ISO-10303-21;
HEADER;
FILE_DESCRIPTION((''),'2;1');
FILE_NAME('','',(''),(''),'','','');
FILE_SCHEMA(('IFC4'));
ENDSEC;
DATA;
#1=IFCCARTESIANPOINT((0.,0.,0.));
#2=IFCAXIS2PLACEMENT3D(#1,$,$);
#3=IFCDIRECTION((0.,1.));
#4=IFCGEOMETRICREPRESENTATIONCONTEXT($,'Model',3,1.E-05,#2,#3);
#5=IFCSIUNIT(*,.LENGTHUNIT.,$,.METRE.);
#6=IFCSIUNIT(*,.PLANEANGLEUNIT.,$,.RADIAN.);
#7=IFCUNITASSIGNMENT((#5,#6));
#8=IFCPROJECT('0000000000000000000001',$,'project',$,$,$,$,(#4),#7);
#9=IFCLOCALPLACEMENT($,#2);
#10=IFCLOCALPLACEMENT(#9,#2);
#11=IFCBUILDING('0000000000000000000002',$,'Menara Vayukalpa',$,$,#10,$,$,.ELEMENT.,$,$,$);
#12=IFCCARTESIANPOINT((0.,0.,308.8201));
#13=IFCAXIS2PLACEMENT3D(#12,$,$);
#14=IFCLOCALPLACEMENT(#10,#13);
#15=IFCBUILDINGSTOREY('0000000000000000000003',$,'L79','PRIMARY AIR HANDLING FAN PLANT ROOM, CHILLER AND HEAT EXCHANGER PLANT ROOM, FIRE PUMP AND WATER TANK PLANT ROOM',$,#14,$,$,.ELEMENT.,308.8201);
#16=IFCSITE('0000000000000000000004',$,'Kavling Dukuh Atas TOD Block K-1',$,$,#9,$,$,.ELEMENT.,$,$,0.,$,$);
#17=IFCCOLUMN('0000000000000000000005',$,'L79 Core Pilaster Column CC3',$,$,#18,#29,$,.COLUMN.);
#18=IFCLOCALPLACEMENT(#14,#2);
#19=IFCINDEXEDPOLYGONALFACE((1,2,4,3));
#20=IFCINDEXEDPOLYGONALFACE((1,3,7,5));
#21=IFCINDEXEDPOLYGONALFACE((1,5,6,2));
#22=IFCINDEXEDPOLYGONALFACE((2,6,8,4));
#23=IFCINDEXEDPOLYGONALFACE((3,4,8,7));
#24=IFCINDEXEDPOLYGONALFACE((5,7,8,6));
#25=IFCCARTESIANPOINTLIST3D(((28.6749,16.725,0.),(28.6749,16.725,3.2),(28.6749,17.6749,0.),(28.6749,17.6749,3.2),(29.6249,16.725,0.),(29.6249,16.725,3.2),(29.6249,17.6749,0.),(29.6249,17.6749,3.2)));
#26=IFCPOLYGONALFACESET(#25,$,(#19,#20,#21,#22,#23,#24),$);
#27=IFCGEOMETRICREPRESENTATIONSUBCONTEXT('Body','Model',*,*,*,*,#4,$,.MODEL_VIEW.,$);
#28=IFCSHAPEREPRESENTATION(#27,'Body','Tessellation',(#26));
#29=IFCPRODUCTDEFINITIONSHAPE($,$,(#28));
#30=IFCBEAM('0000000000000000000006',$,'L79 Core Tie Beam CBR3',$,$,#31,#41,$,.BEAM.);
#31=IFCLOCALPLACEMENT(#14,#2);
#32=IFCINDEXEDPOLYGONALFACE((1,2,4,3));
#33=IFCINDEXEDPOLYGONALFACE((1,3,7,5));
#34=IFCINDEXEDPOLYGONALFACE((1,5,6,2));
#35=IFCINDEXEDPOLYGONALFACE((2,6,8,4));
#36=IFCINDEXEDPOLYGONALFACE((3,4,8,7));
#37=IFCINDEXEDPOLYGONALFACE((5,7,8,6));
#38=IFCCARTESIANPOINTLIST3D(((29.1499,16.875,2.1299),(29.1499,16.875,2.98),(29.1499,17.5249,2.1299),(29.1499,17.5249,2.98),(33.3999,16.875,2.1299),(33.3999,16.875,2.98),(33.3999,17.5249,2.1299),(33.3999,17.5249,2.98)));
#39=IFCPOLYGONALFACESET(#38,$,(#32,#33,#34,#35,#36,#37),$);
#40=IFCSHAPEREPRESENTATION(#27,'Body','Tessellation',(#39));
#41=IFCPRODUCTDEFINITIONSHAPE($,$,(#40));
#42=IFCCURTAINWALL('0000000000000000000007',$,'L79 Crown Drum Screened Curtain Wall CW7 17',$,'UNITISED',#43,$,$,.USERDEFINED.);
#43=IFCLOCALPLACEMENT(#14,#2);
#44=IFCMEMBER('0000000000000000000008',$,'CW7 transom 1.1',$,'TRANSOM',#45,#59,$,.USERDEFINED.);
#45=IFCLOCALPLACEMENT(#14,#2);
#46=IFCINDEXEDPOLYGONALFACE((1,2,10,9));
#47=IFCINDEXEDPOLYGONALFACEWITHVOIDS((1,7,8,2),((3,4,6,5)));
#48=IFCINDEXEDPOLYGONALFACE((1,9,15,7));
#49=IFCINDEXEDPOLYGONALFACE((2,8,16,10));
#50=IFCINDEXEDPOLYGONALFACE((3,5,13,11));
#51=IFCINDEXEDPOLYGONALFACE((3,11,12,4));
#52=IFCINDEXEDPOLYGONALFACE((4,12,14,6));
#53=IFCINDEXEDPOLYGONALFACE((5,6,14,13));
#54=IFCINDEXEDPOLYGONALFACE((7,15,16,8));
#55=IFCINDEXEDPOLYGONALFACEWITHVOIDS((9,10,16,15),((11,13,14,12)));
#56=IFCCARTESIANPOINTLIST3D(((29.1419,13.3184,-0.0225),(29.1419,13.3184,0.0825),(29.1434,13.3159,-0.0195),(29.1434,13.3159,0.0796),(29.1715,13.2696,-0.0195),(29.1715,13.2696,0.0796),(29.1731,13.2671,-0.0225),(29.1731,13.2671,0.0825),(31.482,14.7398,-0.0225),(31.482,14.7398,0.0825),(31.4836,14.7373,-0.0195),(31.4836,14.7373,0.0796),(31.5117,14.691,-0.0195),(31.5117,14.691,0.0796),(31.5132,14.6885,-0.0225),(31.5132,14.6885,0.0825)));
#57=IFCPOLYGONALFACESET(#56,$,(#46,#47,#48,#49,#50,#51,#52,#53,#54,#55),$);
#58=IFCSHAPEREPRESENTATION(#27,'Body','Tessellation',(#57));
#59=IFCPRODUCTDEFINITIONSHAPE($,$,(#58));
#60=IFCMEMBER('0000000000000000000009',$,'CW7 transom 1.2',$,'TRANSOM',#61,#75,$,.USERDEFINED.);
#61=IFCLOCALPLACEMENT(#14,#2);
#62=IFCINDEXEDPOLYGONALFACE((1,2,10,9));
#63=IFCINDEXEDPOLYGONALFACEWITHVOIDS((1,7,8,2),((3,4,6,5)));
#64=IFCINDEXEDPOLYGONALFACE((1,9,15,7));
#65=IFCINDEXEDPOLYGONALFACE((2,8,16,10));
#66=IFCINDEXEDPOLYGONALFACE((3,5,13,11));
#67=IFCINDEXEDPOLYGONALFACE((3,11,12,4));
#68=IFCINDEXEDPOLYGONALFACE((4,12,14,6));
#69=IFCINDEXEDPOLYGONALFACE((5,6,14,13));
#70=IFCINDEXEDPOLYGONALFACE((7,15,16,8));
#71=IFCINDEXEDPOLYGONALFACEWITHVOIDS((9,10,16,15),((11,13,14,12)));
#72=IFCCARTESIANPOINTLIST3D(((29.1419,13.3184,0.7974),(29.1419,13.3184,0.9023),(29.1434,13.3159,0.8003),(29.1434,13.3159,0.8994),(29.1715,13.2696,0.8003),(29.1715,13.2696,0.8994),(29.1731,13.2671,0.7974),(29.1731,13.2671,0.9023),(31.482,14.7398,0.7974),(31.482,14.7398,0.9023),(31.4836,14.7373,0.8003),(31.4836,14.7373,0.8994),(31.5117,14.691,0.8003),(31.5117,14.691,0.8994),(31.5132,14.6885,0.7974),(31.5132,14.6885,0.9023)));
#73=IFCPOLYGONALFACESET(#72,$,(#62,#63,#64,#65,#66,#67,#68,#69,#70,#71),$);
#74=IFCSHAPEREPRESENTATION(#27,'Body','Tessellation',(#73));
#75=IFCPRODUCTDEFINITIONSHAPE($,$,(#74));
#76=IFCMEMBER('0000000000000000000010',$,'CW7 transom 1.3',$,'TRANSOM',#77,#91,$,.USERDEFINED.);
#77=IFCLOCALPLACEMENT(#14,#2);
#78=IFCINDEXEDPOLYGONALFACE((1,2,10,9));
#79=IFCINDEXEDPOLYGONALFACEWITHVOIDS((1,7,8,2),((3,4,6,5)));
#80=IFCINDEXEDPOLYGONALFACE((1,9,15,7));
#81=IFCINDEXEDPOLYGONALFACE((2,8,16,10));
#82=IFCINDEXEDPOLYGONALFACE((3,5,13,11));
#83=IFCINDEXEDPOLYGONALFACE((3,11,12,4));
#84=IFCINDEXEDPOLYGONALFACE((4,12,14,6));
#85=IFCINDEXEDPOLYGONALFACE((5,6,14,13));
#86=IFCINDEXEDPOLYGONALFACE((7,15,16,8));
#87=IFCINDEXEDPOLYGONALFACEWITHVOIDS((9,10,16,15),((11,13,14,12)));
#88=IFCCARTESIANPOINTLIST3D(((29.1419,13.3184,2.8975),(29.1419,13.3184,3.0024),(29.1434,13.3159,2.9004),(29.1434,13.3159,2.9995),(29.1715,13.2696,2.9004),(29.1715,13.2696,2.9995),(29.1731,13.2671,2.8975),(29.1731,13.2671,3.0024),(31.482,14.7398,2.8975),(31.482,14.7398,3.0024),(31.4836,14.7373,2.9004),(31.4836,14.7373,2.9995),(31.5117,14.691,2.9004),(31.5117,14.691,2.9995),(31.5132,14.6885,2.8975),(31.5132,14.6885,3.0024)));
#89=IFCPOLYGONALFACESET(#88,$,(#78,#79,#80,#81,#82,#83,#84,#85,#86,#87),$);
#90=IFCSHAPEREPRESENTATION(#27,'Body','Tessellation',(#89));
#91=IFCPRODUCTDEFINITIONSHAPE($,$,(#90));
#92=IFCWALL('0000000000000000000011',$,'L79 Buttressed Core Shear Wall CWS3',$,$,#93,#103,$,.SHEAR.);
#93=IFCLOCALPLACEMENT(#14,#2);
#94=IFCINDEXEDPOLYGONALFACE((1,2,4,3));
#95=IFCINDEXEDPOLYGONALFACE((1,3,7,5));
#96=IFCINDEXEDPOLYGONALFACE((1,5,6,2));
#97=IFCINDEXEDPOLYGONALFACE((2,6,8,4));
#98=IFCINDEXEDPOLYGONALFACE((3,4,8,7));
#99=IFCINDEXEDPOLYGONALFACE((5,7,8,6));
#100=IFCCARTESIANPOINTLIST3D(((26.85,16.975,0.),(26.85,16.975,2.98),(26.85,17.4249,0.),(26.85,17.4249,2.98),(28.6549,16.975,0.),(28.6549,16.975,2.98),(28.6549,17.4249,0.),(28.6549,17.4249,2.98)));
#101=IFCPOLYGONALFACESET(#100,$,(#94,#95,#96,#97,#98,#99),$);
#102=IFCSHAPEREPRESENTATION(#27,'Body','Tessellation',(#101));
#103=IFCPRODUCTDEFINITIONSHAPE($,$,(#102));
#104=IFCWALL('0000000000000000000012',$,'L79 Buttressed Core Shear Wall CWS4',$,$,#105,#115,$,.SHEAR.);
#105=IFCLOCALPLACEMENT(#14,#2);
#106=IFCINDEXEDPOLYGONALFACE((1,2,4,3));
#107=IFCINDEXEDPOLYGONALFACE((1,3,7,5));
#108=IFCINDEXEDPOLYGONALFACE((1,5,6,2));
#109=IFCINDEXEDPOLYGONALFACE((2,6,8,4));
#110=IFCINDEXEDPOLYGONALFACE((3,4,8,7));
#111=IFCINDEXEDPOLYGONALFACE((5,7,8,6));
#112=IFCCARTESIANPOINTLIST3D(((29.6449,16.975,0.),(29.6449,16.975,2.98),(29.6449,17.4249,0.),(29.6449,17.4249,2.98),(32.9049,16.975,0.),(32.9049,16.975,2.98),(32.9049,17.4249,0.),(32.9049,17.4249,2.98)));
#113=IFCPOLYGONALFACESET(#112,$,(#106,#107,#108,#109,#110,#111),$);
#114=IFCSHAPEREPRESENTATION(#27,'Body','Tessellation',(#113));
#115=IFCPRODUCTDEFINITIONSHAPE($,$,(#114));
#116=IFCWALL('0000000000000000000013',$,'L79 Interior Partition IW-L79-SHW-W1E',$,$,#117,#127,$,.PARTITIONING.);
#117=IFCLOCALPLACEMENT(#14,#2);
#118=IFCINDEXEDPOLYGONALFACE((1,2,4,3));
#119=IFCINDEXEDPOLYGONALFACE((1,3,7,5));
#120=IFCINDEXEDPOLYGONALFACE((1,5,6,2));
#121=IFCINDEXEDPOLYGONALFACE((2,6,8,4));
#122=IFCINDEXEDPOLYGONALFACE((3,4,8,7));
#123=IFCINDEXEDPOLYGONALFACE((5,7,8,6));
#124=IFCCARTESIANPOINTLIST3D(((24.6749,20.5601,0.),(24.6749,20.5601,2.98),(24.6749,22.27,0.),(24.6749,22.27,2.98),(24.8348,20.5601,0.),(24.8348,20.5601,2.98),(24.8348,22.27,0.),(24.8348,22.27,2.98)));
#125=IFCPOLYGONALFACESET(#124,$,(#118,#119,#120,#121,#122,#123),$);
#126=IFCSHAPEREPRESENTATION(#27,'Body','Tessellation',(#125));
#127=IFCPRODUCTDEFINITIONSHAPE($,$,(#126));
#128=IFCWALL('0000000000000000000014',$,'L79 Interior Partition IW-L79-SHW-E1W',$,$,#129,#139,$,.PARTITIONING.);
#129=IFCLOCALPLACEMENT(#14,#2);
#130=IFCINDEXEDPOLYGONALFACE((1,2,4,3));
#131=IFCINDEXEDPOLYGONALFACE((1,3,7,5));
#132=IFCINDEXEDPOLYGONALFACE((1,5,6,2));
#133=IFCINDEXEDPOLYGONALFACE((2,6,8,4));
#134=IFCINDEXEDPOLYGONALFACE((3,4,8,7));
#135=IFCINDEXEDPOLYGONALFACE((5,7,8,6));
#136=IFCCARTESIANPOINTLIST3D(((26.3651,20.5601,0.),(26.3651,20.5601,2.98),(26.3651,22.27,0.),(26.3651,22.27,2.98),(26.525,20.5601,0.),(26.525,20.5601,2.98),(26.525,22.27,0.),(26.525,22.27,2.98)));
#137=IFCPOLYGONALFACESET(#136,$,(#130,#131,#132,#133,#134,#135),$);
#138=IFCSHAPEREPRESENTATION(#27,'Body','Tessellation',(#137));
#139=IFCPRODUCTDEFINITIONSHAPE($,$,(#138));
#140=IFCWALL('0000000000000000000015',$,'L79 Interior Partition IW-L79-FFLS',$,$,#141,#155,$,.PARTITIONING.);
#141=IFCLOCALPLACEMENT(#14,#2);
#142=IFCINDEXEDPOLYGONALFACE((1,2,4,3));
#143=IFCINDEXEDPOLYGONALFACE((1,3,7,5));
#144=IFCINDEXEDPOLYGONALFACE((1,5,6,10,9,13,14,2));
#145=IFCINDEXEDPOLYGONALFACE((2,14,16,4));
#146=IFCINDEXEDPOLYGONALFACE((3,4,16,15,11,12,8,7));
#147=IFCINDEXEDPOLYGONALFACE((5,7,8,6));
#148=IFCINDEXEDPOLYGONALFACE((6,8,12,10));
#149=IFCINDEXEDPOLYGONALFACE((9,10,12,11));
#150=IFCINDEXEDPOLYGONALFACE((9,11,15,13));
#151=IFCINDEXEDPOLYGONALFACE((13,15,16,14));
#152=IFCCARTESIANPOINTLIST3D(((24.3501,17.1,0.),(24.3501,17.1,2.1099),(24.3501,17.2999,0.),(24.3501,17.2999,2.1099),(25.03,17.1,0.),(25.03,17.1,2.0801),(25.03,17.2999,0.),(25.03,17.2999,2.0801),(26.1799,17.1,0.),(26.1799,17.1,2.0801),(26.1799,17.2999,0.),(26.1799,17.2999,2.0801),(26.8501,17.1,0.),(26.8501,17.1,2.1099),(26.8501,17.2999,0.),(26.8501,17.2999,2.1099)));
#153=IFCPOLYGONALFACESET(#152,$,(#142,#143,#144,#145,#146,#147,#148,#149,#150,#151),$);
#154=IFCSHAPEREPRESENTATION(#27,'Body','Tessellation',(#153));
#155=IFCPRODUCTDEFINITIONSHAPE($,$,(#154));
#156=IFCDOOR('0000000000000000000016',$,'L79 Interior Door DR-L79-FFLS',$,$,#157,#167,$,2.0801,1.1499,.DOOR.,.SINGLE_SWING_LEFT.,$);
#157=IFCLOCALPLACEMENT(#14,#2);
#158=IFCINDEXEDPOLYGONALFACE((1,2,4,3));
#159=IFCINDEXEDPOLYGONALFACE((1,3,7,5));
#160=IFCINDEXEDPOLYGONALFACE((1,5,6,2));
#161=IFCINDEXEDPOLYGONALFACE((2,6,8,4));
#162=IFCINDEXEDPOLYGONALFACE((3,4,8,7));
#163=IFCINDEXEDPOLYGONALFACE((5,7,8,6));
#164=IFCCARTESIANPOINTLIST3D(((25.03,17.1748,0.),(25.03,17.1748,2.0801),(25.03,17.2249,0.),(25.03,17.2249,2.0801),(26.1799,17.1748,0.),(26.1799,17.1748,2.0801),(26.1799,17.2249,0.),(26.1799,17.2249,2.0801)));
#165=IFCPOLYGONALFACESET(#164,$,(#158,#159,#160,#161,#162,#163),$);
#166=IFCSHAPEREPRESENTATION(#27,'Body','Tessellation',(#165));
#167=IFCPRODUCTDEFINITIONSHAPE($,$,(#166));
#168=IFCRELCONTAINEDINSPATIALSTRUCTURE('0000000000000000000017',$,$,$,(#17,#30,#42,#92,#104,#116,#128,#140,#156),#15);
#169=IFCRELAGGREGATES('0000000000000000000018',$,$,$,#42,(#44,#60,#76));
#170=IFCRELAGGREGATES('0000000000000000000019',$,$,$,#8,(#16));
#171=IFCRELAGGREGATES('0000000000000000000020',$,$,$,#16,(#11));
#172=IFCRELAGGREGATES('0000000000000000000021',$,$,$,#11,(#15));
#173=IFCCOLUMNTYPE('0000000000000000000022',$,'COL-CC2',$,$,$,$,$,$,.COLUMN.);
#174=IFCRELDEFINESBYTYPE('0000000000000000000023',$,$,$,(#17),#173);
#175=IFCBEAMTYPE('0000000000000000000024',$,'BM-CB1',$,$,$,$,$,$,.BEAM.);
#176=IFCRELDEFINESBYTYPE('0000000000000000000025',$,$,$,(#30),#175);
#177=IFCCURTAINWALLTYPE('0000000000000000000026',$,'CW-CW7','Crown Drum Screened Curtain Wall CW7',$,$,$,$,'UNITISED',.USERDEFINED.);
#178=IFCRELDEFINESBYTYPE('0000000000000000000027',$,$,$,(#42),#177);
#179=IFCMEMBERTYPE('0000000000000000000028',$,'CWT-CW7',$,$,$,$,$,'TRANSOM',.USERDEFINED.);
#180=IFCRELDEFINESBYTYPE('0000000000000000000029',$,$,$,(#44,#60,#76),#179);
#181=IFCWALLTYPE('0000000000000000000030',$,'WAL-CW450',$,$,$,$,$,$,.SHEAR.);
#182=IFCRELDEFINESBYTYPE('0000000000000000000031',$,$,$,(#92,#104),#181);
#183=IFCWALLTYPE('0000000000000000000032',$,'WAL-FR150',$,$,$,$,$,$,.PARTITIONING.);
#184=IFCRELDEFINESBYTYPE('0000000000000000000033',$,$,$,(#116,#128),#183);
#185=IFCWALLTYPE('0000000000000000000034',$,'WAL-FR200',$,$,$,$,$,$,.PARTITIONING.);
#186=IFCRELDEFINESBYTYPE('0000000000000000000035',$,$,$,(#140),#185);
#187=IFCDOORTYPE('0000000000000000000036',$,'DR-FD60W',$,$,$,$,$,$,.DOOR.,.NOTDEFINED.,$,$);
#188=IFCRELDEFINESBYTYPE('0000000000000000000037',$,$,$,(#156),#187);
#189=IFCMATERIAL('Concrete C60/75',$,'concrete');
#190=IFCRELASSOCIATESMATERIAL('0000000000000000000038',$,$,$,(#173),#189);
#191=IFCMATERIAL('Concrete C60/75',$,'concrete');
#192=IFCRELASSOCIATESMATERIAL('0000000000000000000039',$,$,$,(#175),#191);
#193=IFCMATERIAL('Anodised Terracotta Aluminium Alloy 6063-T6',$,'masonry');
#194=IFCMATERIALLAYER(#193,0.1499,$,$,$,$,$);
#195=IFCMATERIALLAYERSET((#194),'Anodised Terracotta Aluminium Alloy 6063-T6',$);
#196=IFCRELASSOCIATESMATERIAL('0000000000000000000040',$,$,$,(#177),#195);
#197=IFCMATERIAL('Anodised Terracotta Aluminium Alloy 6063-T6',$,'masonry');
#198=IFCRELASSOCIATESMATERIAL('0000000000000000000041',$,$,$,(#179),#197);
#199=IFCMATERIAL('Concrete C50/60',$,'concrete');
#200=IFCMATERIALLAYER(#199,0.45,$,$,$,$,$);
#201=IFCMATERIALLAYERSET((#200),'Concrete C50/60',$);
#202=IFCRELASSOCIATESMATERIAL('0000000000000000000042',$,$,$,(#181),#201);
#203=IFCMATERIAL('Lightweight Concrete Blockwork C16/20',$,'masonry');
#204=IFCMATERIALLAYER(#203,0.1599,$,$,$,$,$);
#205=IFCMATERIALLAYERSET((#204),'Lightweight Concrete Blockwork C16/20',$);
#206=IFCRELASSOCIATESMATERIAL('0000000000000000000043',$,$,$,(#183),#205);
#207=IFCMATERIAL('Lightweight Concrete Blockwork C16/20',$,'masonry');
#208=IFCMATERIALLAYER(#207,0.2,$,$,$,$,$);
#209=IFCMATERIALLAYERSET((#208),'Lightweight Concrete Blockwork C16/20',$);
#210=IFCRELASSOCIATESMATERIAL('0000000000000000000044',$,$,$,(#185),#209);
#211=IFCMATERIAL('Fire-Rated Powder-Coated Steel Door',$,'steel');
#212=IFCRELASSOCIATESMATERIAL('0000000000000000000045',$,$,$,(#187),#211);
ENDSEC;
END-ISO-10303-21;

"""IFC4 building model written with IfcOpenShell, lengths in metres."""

from ifc_helpers import new_model, si_unit, direction, frame, frame_2d, origin, origin_2d, place, context, subcontext, project, spatial, rectangle, hollow_rectangle, extrude, material, layer, layer_set, material_profile, profile_set, type_object, element, fill, aggregate, save


model = new_model("IFC4")

# Units and contexts
model_context = context("Model", 3, precision=1e-05, world=origin(), true_north=direction((0.0, 1.0)))
body_context = subcontext(model_context, "Body", "Model", "MODEL_VIEW")
ifc_project = project(units=[si_unit("LENGTHUNIT", "METRE"), si_unit("PLANEANGLEUNIT", "RADIAN")], contexts=[model_context])

# Site, building, storey
site_placement = place(None, origin())
site = spatial("IfcSite", under=ifc_project, at=site_placement, Name="Kavling Dukuh Atas TOD Block K-1", CompositionType="ELEMENT", RefElevation=0.0)
building_placement = place(site_placement, origin())
building = spatial("IfcBuilding", under=site, at=building_placement, Name="Menara Vayukalpa", CompositionType="ELEMENT")
storey_placement = place(building_placement, frame((0.0, 0.0, 308.8201)))
storey = spatial("IfcBuildingStorey", under=building, at=storey_placement, Name="L79", Description="PRIMARY AIR HANDLING FAN PLANT ROOM, CHILLER AND HEAT EXCHANGER PLANT ROOM, FIRE PUMP AND WATER TANK PLANT ROOM", CompositionType="ELEMENT", Elevation=308.8201)

# Column
ifc_material_1 = material(Name="Concrete C60/75", Category="concrete")
ifc_material_profile_1 = material_profile(ifc_material_1, rectangle(XDim=0.95, YDim=0.95, at=origin_2d()), Name="RC 950x950")
ifc_profile_set_1 = profile_set([ifc_material_profile_1], Name="Concrete C60/75")
column_type = type_object("IfcColumnType", Name="COL-CC2", PredefinedType="COLUMN", material=ifc_profile_set_1)
column_placement = place(storey_placement, frame((29.1499, 17.2, 0.0), z_axis=(0.0, 0.0, 1.0), x_axis=(1.0, 0.0, 0.0)))
element("IfcColumn", 1, at=column_placement, inside=storey, type_object=column_type, Name="L79 Core Pilaster Column CC3", PredefinedType="COLUMN", context=body_context, shape_type="SweptSolid", body=[
    extrude(rectangle(XDim=0.95, YDim=0.95, at=origin_2d()), origin(), (0.0, 0.0, 1.0), 3.2),
])

# Beam
ifc_material_2 = material(Name="Concrete C60/75", Category="concrete")
ifc_material_profile_2 = material_profile(ifc_material_2, rectangle(XDim=0.6499, YDim=0.8501, at=origin_2d()), Name="RC 650x850")
ifc_profile_set_2 = profile_set([ifc_material_profile_2], Name="Concrete C60/75")
beam_type = type_object("IfcBeamType", Name="BM-CB1", PredefinedType="BEAM", material=ifc_profile_set_2)
beam_placement = place(storey_placement, frame((29.1499, 17.2, 2.5549), z_axis=(1.0, 0.0, 0.0), x_axis=(0.0, 1.0, 0.0)))
element("IfcBeam", 2, at=beam_placement, inside=storey, type_object=beam_type, Name="L79 Core Tie Beam CBR3", PredefinedType="BEAM", context=body_context, shape_type="SweptSolid", body=[
    extrude(rectangle(XDim=0.6499, YDim=0.8501, at=origin_2d()), origin(), (0.0, 0.0, 1.0), 4.25),
])

# Curtain wall, members
ifc_material_3 = material(Name="Anodised Terracotta Aluminium Alloy 6063-T6", Category="masonry")
ifc_layer_1 = layer(ifc_material_3, 0.1499)
ifc_layer_set_1 = layer_set([ifc_layer_1], Name="Anodised Terracotta Aluminium Alloy 6063-T6")
curtain_wall_type = type_object("IfcCurtainWallType", Name="CW-CW7", Description="Crown Drum Screened Curtain Wall CW7", ElementType="UNITISED", PredefinedType="USERDEFINED", material=ifc_layer_set_1)
curtain_wall_placement = place(storey_placement, origin())
curtain_wall = element("IfcCurtainWall", 3, at=curtain_wall_placement, inside=storey, type_object=curtain_wall_type, Name="L79 Crown Drum Screened Curtain Wall CW7 17", ObjectType="UNITISED", PredefinedType="USERDEFINED")
ifc_material_4 = material(Name="Anodised Terracotta Aluminium Alloy 6063-T6", Category="masonry")
ifc_material_profile_3 = material_profile(ifc_material_4, hollow_rectangle(XDim=0.0601, YDim=0.105, WallThickness=0.0029, at=origin_2d()), Name="ALU 60x105x3")
ifc_profile_set_3 = profile_set([ifc_material_profile_3], Name="Anodised Terracotta Aluminium Alloy 6063-T6")
member_type = type_object("IfcMemberType", Name="CWT-CW7", ElementType="TRANSOM", PredefinedType="USERDEFINED", material=ifc_profile_set_3)
member_1_placement = place(storey_placement, frame((29.1575, 13.2927, 0.03), z_axis=(0.854687, 0.519143, 0.0), x_axis=(-0.519143, 0.854687, 0.0)))
member_1 = element("IfcMember", 4, at=member_1_placement, type_object=member_type, Name="CW7 transom 1.1", ObjectType="TRANSOM", PredefinedType="USERDEFINED", context=body_context, shape_type="SweptSolid", body=[
    extrude(hollow_rectangle(XDim=0.0601, YDim=0.105, WallThickness=0.0029, at=origin_2d()), origin(), (0.0, 0.0, 1.0), 2.738),
])
member_2_placement = place(storey_placement, frame((29.1575, 13.2927, 0.8499), z_axis=(0.854687, 0.519143, 0.0), x_axis=(-0.519143, 0.854687, 0.0)))
member_2 = element("IfcMember", 5, at=member_2_placement, type_object=member_type, Name="CW7 transom 1.2", ObjectType="TRANSOM", PredefinedType="USERDEFINED", context=body_context, shape_type="SweptSolid", body=[
    extrude(hollow_rectangle(XDim=0.0601, YDim=0.105, WallThickness=0.0029, at=origin_2d()), origin(), (0.0, 0.0, 1.0), 2.738),
])
member_3_placement = place(storey_placement, frame((29.1575, 13.2927, 2.95), z_axis=(0.854687, 0.519143, 0.0), x_axis=(-0.519143, 0.854687, 0.0)))
member_3 = element("IfcMember", 6, at=member_3_placement, type_object=member_type, Name="CW7 transom 1.3", ObjectType="TRANSOM", PredefinedType="USERDEFINED", context=body_context, shape_type="SweptSolid", body=[
    extrude(hollow_rectangle(XDim=0.0601, YDim=0.105, WallThickness=0.0029, at=origin_2d()), origin(), (0.0, 0.0, 1.0), 2.738),
])
aggregate(curtain_wall, [member_1, member_2, member_3])

# Walls
ifc_material_5 = material(Name="Concrete C50/60", Category="concrete")
ifc_layer_2 = layer(ifc_material_5, 0.45)
ifc_layer_set_2 = layer_set([ifc_layer_2], Name="Concrete C50/60")
wall_type_1 = type_object("IfcWallType", Name="WAL-CW450", PredefinedType="SHEAR", material=ifc_layer_set_2)
wall_1_placement = place(storey_placement, frame((26.8501, 17.2, 0.0), z_axis=(0.0, 0.0, 1.0), x_axis=(1.0, 0.0, 0.0)))
element("IfcWall", 7, at=wall_1_placement, inside=storey, type_object=wall_type_1, Name="L79 Buttressed Core Shear Wall CWS3", PredefinedType="SHEAR", context=body_context, shape_type="SweptSolid", body=[
    extrude(rectangle(XDim=1.8049, YDim=0.45, at=frame_2d((0.9023, 0.0))), origin(), (0.0, 0.0, 1.0), 2.98),
])
wall_2_placement = place(storey_placement, frame((29.645, 17.2, 0.0), z_axis=(0.0, 0.0, 1.0), x_axis=(1.0, 0.0, 0.0)))
element("IfcWall", 8, at=wall_2_placement, inside=storey, type_object=wall_type_1, Name="L79 Buttressed Core Shear Wall CWS4", PredefinedType="SHEAR", context=body_context, shape_type="SweptSolid", body=[
    extrude(rectangle(XDim=3.26, YDim=0.45, at=frame_2d((1.6299, 0.0))), origin(), (0.0, 0.0, 1.0), 2.98),
])
ifc_material_6 = material(Name="Lightweight Concrete Blockwork C16/20", Category="masonry")
ifc_layer_3 = layer(ifc_material_6, 0.1599)
ifc_layer_set_3 = layer_set([ifc_layer_3], Name="Lightweight Concrete Blockwork C16/20")
wall_type_2 = type_object("IfcWallType", Name="WAL-FR150", PredefinedType="PARTITIONING", material=ifc_layer_set_3)
for number, where, z_axis, x_axis, name in (
    (9, (24.7549, 20.5601, 0.0), (0.0, 0.0, 1.0), (0.0, 1.0, 0.0), "L79 Interior Partition IW-L79-SHW-W1E"),
    (10, (26.4451, 20.5601, 0.0), (0.0, 0.0, 1.0), (0.0, 1.0, 0.0), "L79 Interior Partition IW-L79-SHW-E1W"),
):
    element("IfcWall", number, at=place(storey_placement, frame(where, z_axis=z_axis, x_axis=x_axis)), inside=storey, type_object=wall_type_2, Name=name, PredefinedType="PARTITIONING", context=body_context, shape_type="SweptSolid", body=[
        extrude(rectangle(XDim=1.71, YDim=0.1599, at=frame_2d((0.855, 0.0))), origin(), (0.0, 0.0, 1.0), 2.98),
    ])

# Wall, opening, door
ifc_material_7 = material(Name="Lightweight Concrete Blockwork C16/20", Category="masonry")
ifc_layer_4 = layer(ifc_material_7, 0.2)
ifc_layer_set_4 = layer_set([ifc_layer_4], Name="Lightweight Concrete Blockwork C16/20")
wall_type_3 = type_object("IfcWallType", Name="WAL-FR200", PredefinedType="PARTITIONING", material=ifc_layer_set_4)
wall_3_placement = place(storey_placement, frame((24.3501, 17.2, 0.0), z_axis=(0.0, 0.0, 1.0), x_axis=(1.0, 0.0, 0.0)))
wall_3 = element("IfcWall", 11, at=wall_3_placement, inside=storey, type_object=wall_type_3, Name="L79 Interior Partition IW-L79-FFLS", PredefinedType="PARTITIONING", context=body_context, shape_type="SweptSolid", body=[
    extrude(rectangle(XDim=2.5, YDim=0.2, at=frame_2d((1.25, 0.0))), origin(), (0.0, 0.0, 1.0), 2.1099),
])
opening_1_placement = place(wall_3_placement, frame((0.6799, 0.0, 0.0)))
opening_1 = element("IfcOpeningElement", 12, at=opening_1_placement, cuts=wall_3, PredefinedType="OPENING", context=body_context, shape_type="SweptSolid", body=[
    extrude(rectangle(XDim=1.1499, YDim=2.0801, at=frame_2d((0.575, 1.04))), frame((0.0, 0.1099, 0.0), z_axis=(0.0, -1.0, 0.0), x_axis=(1.0, 0.0, 0.0)), (0.0, 0.0, 1.0), 0.22),
])
ifc_material_8 = material(Name="Fire-Rated Powder-Coated Steel Door", Category="steel")
door_type_1 = type_object("IfcDoorType", Name="DR-FD60W", OperationType="NOTDEFINED", PredefinedType="DOOR", material=ifc_material_8)
door_1_placement = place(opening_1_placement, origin())
door_1 = element("IfcDoor", 13, at=door_1_placement, inside=storey, type_object=door_type_1, Name="L79 Interior Door DR-L79-FFLS", OperationType="SINGLE_SWING_LEFT", OverallHeight=2.0801, OverallWidth=1.1499, PredefinedType="DOOR", context=body_context, shape_type="SweptSolid", body=[
    extrude(rectangle(XDim=1.1499, YDim=2.0801, at=frame_2d((0.575, 1.04))), frame((0.0, 0.0249, 0.0), z_axis=(0.0, -1.0, 0.0), x_axis=(1.0, 0.0, 0.0)), (0.0, 0.0, 1.0), 0.05),
])
fill(opening_1, door_1)

save(model, "model.ifc")
